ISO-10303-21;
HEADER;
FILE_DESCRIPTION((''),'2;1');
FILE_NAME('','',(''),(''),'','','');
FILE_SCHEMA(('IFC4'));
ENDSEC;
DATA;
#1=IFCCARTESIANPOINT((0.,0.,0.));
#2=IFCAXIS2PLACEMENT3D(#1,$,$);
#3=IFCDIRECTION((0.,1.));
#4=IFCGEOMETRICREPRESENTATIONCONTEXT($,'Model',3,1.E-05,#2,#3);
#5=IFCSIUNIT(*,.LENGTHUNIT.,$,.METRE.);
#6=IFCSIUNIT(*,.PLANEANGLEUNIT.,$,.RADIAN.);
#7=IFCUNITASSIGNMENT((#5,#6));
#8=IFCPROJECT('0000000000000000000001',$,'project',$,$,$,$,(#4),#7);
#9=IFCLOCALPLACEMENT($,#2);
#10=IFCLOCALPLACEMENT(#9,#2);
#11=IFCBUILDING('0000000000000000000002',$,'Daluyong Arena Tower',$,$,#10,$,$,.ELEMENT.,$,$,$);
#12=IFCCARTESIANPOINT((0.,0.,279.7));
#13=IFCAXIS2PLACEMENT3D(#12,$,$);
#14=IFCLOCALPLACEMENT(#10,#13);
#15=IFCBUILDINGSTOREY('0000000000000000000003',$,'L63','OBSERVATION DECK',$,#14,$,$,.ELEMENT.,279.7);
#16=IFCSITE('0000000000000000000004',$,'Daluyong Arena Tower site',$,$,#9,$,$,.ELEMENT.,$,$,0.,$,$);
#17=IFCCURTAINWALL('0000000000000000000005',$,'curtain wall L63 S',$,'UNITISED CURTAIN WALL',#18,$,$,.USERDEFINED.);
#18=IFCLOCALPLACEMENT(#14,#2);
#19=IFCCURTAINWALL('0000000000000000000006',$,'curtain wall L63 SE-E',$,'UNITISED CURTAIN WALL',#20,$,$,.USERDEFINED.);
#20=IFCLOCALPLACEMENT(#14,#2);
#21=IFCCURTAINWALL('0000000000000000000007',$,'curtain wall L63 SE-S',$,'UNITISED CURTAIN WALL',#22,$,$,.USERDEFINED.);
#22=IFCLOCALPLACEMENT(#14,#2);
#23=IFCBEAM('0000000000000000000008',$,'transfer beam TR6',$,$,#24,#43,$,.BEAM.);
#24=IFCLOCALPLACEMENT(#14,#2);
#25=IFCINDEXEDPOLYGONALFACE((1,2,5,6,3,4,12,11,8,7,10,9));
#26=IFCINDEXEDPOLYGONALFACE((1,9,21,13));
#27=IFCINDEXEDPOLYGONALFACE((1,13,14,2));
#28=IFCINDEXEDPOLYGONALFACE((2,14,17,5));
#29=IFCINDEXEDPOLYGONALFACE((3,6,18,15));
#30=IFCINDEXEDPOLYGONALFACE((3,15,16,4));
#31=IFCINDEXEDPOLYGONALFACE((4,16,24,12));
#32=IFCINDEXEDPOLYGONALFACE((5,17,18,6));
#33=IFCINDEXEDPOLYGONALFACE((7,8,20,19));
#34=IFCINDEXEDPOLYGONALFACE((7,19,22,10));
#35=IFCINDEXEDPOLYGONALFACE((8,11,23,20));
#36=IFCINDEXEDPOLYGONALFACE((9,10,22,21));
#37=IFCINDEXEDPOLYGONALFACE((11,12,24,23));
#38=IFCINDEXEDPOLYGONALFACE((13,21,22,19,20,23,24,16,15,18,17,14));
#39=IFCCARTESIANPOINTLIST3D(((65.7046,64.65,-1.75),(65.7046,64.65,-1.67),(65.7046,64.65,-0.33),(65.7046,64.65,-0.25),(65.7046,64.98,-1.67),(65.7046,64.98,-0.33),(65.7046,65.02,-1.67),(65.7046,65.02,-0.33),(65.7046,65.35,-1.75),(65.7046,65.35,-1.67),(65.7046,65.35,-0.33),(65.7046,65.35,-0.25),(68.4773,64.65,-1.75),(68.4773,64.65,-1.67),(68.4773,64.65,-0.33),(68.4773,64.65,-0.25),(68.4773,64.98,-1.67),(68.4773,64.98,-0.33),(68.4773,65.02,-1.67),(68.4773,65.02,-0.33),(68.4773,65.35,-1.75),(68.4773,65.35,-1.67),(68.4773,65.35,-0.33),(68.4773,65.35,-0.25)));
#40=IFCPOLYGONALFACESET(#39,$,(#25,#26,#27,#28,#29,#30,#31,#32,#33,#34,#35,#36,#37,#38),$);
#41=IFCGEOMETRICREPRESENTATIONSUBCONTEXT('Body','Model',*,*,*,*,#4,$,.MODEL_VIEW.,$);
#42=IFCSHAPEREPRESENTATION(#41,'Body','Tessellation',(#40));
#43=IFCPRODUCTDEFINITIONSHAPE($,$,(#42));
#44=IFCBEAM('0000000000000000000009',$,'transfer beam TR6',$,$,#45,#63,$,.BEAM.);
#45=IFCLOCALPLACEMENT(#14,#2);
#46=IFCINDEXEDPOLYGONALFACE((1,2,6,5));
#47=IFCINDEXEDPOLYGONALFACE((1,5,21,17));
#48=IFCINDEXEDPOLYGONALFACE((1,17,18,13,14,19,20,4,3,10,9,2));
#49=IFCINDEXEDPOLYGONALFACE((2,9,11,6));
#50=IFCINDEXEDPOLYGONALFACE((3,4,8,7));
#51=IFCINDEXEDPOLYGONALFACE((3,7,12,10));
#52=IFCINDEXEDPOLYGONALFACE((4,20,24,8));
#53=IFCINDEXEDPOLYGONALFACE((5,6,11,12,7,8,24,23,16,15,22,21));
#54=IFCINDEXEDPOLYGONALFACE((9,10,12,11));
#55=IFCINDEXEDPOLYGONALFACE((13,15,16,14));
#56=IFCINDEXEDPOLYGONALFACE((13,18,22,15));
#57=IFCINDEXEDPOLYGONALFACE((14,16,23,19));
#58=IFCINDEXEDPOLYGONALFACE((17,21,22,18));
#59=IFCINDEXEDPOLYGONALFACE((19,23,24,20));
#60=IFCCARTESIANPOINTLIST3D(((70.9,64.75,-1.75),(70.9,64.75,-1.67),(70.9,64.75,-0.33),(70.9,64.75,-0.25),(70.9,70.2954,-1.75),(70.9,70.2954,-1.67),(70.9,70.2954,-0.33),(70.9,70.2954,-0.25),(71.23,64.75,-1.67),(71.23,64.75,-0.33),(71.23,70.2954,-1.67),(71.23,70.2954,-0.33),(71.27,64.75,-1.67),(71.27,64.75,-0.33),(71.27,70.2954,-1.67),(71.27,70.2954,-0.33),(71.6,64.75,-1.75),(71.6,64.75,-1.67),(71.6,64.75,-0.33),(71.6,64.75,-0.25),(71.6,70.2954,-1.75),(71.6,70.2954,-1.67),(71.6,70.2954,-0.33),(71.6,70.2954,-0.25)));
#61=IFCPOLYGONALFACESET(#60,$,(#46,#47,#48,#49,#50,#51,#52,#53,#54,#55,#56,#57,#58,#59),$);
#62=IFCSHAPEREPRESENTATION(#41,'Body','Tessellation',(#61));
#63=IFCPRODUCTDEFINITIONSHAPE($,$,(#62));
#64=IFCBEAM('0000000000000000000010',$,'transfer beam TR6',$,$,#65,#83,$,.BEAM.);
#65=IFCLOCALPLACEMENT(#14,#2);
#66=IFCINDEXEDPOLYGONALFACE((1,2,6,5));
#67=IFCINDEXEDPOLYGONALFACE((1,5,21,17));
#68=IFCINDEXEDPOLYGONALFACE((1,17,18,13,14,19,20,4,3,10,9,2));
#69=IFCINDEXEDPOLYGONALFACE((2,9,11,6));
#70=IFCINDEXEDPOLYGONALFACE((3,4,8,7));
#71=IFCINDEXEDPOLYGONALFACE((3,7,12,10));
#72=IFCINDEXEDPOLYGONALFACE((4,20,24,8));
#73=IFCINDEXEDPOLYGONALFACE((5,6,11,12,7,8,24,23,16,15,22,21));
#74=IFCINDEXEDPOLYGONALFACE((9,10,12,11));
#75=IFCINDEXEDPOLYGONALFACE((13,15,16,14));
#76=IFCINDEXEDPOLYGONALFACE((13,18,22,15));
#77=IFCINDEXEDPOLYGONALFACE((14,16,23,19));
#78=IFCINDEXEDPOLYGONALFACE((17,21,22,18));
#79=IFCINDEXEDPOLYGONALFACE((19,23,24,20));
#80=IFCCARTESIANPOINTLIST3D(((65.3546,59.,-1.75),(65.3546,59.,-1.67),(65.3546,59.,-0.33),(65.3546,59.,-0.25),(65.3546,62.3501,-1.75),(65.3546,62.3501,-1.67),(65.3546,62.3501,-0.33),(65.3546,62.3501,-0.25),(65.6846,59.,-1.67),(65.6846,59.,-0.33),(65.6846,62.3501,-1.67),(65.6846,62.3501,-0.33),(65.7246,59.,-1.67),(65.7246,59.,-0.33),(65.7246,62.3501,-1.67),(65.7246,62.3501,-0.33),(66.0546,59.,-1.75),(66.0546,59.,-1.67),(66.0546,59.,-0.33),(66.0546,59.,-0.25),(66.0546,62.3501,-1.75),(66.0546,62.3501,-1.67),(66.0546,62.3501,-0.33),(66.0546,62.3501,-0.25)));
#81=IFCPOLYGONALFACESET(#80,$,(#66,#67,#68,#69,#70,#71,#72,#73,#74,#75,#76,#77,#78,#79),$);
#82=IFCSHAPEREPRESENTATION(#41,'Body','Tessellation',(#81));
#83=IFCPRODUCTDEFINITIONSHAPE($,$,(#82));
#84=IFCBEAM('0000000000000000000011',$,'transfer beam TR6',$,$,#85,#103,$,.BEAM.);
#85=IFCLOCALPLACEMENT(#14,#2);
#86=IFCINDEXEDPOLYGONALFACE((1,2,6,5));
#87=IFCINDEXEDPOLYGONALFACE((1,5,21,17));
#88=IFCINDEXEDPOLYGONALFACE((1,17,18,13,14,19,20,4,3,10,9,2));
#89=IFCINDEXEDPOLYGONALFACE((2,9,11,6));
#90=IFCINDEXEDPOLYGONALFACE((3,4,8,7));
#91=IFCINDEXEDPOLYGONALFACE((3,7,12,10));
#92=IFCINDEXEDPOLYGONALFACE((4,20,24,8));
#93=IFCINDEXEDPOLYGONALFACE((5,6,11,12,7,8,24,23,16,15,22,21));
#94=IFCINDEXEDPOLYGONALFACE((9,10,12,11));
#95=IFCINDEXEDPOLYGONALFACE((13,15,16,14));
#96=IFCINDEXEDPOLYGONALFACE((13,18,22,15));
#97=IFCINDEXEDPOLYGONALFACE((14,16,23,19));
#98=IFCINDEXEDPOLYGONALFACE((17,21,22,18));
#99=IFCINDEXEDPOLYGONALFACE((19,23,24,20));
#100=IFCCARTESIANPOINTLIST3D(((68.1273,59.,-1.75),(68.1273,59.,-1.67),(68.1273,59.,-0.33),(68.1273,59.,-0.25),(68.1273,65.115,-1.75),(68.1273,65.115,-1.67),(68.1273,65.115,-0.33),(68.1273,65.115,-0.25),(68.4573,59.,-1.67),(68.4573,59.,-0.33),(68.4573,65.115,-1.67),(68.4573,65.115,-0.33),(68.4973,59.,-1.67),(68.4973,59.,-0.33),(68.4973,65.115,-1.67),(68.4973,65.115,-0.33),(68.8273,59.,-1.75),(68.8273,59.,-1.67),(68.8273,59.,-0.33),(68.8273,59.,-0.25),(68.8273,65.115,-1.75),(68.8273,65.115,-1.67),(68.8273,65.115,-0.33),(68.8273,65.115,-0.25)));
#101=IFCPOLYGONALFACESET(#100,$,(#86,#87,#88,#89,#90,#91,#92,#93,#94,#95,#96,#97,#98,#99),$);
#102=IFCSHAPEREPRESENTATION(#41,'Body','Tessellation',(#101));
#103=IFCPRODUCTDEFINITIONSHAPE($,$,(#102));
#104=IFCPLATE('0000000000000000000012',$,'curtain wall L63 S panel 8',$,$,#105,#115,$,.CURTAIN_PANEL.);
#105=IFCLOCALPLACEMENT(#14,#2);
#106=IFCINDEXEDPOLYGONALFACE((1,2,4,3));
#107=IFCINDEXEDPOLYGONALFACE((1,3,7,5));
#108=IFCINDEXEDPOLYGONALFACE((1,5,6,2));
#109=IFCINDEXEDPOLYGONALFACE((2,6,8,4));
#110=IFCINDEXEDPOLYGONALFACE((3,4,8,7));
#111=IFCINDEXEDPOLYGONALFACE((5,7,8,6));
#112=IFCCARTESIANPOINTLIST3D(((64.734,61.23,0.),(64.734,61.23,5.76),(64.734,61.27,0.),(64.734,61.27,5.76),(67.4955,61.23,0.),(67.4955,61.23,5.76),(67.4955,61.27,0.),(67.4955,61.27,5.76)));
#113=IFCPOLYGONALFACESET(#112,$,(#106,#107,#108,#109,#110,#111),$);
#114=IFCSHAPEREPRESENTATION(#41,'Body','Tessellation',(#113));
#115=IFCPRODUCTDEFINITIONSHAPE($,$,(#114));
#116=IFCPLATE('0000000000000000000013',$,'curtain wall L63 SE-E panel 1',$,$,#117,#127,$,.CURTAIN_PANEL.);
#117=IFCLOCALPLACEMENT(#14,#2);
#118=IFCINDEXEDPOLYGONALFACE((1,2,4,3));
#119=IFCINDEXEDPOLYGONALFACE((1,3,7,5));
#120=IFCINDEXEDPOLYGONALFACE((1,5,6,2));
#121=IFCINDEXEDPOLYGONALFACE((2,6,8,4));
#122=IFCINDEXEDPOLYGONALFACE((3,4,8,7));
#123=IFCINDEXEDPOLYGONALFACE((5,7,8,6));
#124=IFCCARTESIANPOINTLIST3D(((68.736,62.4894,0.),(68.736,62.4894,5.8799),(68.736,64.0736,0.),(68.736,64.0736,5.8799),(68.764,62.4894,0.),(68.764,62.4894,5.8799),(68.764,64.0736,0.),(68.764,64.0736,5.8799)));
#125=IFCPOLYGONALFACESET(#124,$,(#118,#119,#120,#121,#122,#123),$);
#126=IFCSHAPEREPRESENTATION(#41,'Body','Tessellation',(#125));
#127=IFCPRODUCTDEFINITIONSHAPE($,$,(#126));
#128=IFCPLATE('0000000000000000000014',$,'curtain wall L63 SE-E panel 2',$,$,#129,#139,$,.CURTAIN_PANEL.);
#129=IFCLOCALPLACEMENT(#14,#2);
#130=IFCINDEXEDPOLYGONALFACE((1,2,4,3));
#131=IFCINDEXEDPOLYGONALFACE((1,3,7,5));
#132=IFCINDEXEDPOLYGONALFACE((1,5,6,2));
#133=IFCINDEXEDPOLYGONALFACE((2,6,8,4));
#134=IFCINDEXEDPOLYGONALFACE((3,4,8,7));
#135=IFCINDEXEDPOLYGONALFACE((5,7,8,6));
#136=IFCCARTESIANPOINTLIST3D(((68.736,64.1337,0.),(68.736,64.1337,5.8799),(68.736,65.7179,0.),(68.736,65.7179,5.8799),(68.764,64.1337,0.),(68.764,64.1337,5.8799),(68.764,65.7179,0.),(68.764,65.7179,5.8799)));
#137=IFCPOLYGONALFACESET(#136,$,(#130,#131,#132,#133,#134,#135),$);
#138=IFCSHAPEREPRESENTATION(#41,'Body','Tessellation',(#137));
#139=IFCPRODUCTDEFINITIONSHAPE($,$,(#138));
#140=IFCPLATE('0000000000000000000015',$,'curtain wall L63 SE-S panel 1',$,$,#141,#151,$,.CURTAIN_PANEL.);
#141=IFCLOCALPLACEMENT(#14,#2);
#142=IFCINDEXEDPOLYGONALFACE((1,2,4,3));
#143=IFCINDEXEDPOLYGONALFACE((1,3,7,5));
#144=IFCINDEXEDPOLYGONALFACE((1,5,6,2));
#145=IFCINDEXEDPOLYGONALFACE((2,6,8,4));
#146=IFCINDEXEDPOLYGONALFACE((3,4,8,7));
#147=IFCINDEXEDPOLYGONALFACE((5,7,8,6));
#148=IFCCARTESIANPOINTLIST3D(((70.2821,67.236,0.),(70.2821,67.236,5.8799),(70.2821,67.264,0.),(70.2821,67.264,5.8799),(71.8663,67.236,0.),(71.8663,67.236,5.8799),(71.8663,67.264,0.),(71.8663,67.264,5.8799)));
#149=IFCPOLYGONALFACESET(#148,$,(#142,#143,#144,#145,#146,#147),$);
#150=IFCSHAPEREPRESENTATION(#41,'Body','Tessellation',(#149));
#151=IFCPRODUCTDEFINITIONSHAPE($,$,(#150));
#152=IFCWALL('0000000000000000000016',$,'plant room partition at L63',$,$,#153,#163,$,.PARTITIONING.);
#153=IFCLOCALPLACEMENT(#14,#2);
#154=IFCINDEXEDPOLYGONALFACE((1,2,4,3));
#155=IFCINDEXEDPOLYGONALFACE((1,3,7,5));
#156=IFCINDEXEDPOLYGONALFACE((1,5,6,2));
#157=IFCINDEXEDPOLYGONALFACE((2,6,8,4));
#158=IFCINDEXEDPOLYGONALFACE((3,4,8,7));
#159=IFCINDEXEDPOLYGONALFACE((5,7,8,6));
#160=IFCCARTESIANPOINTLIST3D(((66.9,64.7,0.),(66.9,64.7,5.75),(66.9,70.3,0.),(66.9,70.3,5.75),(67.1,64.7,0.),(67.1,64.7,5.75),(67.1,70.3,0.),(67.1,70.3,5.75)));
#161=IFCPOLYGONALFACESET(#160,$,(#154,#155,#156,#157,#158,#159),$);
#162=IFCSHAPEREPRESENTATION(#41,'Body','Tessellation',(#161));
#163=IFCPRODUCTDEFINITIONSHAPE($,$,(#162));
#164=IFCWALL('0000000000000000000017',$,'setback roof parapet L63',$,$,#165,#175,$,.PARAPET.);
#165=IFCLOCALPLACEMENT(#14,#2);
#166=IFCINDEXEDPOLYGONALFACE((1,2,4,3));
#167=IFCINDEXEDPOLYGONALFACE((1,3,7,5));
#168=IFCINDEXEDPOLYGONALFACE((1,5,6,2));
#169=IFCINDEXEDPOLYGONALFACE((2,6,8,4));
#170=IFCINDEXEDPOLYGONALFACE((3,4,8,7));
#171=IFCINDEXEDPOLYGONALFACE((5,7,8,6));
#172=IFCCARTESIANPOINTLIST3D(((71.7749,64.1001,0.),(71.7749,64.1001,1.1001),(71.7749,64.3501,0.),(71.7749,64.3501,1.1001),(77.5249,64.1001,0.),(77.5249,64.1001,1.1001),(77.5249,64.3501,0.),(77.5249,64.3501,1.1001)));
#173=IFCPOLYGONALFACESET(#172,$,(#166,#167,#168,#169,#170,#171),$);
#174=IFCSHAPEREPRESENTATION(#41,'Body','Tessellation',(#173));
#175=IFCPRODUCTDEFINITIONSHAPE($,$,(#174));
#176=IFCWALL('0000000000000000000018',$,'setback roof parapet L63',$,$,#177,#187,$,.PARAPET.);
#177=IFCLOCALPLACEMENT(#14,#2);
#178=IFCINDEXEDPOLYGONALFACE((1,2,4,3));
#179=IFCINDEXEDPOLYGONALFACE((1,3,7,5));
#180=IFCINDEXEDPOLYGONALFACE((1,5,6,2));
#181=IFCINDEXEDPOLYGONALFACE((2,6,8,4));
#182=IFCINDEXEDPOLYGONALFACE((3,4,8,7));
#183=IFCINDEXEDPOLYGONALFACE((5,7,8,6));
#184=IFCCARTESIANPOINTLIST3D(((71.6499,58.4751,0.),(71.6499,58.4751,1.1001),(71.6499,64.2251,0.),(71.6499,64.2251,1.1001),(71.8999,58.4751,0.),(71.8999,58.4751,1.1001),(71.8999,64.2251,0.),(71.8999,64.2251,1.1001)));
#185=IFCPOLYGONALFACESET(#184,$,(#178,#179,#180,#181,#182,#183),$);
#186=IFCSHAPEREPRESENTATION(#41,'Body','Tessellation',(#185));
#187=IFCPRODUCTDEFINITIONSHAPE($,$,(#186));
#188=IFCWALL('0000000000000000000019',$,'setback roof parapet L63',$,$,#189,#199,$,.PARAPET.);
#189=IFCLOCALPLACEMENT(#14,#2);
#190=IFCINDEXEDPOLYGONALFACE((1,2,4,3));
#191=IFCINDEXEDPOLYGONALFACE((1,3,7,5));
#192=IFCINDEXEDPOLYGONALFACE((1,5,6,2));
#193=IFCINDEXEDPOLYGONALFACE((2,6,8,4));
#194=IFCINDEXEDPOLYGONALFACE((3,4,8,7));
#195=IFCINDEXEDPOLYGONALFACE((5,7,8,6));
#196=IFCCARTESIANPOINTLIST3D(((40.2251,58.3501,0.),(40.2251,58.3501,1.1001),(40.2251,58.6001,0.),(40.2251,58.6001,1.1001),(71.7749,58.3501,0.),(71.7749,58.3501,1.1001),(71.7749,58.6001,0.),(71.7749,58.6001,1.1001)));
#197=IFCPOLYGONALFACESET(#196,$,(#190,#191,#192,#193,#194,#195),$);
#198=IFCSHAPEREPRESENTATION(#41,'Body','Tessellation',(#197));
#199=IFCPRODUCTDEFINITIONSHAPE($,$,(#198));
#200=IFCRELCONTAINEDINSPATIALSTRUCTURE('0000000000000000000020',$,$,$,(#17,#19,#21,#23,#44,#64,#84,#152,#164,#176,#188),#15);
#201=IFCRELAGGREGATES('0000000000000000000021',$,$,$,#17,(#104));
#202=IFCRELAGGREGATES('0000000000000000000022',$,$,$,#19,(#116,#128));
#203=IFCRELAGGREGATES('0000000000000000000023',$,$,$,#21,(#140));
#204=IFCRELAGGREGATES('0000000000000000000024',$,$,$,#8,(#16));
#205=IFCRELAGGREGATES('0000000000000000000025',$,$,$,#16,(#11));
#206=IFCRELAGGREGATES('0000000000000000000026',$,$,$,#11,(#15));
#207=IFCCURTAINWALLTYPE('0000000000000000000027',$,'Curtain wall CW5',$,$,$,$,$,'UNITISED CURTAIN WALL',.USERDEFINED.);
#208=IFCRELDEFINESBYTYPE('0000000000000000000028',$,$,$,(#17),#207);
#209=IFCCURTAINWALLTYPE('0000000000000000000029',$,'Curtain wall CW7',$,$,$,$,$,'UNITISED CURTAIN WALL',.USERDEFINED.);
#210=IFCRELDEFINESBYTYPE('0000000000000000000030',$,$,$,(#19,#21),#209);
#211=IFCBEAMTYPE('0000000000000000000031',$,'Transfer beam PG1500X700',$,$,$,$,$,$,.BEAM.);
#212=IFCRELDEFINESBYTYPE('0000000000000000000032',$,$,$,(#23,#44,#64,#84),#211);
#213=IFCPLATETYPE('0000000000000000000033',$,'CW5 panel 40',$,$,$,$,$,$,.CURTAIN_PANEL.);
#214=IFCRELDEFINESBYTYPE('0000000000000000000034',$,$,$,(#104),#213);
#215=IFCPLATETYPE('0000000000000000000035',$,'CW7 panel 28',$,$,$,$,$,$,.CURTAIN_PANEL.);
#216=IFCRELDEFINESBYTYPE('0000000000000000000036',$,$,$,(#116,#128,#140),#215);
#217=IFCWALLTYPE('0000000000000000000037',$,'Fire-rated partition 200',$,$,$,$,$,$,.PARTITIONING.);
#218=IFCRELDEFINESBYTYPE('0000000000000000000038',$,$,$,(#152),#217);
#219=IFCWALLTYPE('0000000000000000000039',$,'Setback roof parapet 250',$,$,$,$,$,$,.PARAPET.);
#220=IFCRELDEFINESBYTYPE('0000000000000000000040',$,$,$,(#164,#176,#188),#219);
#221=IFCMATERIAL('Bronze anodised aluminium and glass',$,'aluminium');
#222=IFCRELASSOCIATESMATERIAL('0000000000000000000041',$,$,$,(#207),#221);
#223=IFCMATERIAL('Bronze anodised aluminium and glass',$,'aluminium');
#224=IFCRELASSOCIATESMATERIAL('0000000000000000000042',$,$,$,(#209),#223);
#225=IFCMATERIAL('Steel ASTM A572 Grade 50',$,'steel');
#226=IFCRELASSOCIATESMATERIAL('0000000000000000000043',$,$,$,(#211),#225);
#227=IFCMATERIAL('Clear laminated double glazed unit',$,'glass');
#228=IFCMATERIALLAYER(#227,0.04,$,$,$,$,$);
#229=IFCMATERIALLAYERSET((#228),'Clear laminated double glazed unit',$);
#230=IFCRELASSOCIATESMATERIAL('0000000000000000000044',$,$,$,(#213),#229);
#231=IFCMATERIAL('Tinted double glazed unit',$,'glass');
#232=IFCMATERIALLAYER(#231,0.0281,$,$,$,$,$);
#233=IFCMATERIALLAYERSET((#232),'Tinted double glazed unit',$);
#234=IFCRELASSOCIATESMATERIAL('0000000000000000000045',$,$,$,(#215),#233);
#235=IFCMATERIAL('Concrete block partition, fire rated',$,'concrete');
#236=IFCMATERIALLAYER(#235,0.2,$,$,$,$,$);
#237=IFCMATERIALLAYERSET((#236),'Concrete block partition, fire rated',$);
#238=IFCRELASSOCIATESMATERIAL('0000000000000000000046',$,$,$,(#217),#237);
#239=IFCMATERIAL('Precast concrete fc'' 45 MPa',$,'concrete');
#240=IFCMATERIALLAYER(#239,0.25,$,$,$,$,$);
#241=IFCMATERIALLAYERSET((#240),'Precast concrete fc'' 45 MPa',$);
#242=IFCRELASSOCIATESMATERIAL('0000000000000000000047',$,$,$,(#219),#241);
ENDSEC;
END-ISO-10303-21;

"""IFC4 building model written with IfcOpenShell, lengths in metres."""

from ifc_helpers import new_model, si_unit, direction, frame, frame_2d, origin, origin_2d, place, context, subcontext, project, spatial, rectangle, i_section, extrude, material, layer, layer_set, material_profile, profile_set, type_object, element, aggregate, save


model = new_model("IFC4")

# Units and contexts
model_context = context("Model", 3, precision=1e-05, world=origin(), true_north=direction((0.0, 1.0)))
body_context = subcontext(model_context, "Body", "Model", "MODEL_VIEW")
ifc_project = project(units=[si_unit("LENGTHUNIT", "METRE"), si_unit("PLANEANGLEUNIT", "RADIAN")], contexts=[model_context])

# Site, building, storey
site_placement = place(None, origin())
site = spatial("IfcSite", under=ifc_project, at=site_placement, Name="Daluyong Arena Tower site", CompositionType="ELEMENT", RefElevation=0.0)
building_placement = place(site_placement, origin())
building = spatial("IfcBuilding", under=site, at=building_placement, Name="Daluyong Arena Tower", CompositionType="ELEMENT")
storey_placement = place(building_placement, frame((0.0, 0.0, 279.7)))
storey = spatial("IfcBuildingStorey", under=building, at=storey_placement, Name="L63", Description="OBSERVATION DECK", CompositionType="ELEMENT", Elevation=279.7)

# Curtain wall
ifc_material_1 = material(Name="Bronze anodised aluminium and glass", Category="aluminium")
curtain_wall_type_1 = type_object("IfcCurtainWallType", Name="Curtain wall CW5", ElementType="UNITISED CURTAIN WALL", PredefinedType="USERDEFINED", material=ifc_material_1)
curtain_wall_1_placement = place(storey_placement, origin())
curtain_wall_1 = element("IfcCurtainWall", 1, at=curtain_wall_1_placement, inside=storey, type_object=curtain_wall_type_1, Name="curtain wall L63 S", ObjectType="UNITISED CURTAIN WALL", PredefinedType="USERDEFINED")

# Curtain walls
ifc_material_2 = material(Name="Bronze anodised aluminium and glass", Category="aluminium")
curtain_wall_type_2 = type_object("IfcCurtainWallType", Name="Curtain wall CW7", ElementType="UNITISED CURTAIN WALL", PredefinedType="USERDEFINED", material=ifc_material_2)
curtain_wall_2_placement = place(storey_placement, origin())
curtain_wall_2 = element("IfcCurtainWall", 2, at=curtain_wall_2_placement, inside=storey, type_object=curtain_wall_type_2, Name="curtain wall L63 SE-E", ObjectType="UNITISED CURTAIN WALL", PredefinedType="USERDEFINED")
curtain_wall_3_placement = place(storey_placement, origin())
curtain_wall_3 = element("IfcCurtainWall", 3, at=curtain_wall_3_placement, inside=storey, type_object=curtain_wall_type_2, Name="curtain wall L63 SE-S", ObjectType="UNITISED CURTAIN WALL", PredefinedType="USERDEFINED")

# Beams
ifc_material_3 = material(Name="Steel ASTM A572 Grade 50", Category="steel")
ifc_material_profile_1 = material_profile(ifc_material_3, i_section(OverallWidth=0.7, OverallDepth=1.5, WebThickness=0.04, FlangeThickness=0.08, at=origin_2d()))
ifc_profile_set_1 = profile_set([ifc_material_profile_1], Name="Steel ASTM A572 Grade 50")
beam_type_1 = type_object("IfcBeamType", Name="Transfer beam PG1500X700", PredefinedType="BEAM", material=ifc_profile_set_1)
beam_1_placement = place(storey_placement, frame((65.7046, 65.0, -1.0), z_axis=(1.0, 0.0, 0.0), x_axis=(0.0, 1.0, 0.0)))
element("IfcBeam", 4, at=beam_1_placement, inside=storey, type_object=beam_type_1, Name="transfer beam TR6", PredefinedType="BEAM", context=body_context, shape_type="SweptSolid", body=[
    extrude(i_section(OverallWidth=0.7, OverallDepth=1.5, WebThickness=0.04, FlangeThickness=0.08, at=origin_2d()), origin(), (0.0, 0.0, 1.0), 2.7727),
])
beam_2_placement = place(storey_placement, frame((71.25, 64.75, -1.0), z_axis=(0.0, 1.0, 0.0), x_axis=(-1.0, 0.0, 0.0)))
element("IfcBeam", 5, at=beam_2_placement, inside=storey, type_object=beam_type_1, Name="transfer beam TR6", PredefinedType="BEAM", context=body_context, shape_type="SweptSolid", body=[
    extrude(i_section(OverallWidth=0.7, OverallDepth=1.5, WebThickness=0.04, FlangeThickness=0.08, at=origin_2d()), origin(), (0.0, 0.0, 1.0), 5.5454),
])
beam_3_placement = place(storey_placement, frame((65.7046, 59.0, -1.0), z_axis=(0.0, 1.0, 0.0), x_axis=(-1.0, 0.0, 0.0)))
element("IfcBeam", 6, at=beam_3_placement, inside=storey, type_object=beam_type_1, Name="transfer beam TR6", PredefinedType="BEAM", context=body_context, shape_type="SweptSolid", body=[
    extrude(i_section(OverallWidth=0.7, OverallDepth=1.5, WebThickness=0.04, FlangeThickness=0.08, at=origin_2d()), origin(), (0.0, 0.0, 1.0), 3.3501),
])
beam_4_placement = place(storey_placement, frame((68.4773, 59.0, -1.0), z_axis=(0.0, 1.0, 0.0), x_axis=(-1.0, 0.0, 0.0)))
element("IfcBeam", 7, at=beam_4_placement, inside=storey, type_object=beam_type_1, Name="transfer beam TR6", PredefinedType="BEAM", context=body_context, shape_type="SweptSolid", body=[
    extrude(i_section(OverallWidth=0.7, OverallDepth=1.5, WebThickness=0.04, FlangeThickness=0.08, at=origin_2d()), origin(), (0.0, 0.0, 1.0), 6.115),
])

# Plates
ifc_material_4 = material(Name="Clear laminated double glazed unit", Category="glass")
ifc_layer_1 = layer(ifc_material_4, 0.04)
ifc_layer_set_1 = layer_set([ifc_layer_1], Name="Clear laminated double glazed unit")
plate_type_1 = type_object("IfcPlateType", Name="CW5 panel 40", PredefinedType="CURTAIN_PANEL", material=ifc_layer_set_1)
plate_1_placement = place(storey_placement, frame((66.1147, 61.25, 0.0), z_axis=(0.0, 0.0, 1.0), x_axis=(1.0, 0.0, 0.0)))
plate_1 = element("IfcPlate", 8, at=plate_1_placement, type_object=plate_type_1, Name="curtain wall L63 S panel 8", PredefinedType="CURTAIN_PANEL", context=body_context, shape_type="SweptSolid", body=[
    extrude(rectangle(XDim=2.7615, YDim=0.04, at=origin_2d()), origin(), (0.0, 0.0, 1.0), 5.76),
])
aggregate(curtain_wall_1, [plate_1])
ifc_material_5 = material(Name="Tinted double glazed unit", Category="glass")
ifc_layer_2 = layer(ifc_material_5, 0.0281)
ifc_layer_set_2 = layer_set([ifc_layer_2], Name="Tinted double glazed unit")
plate_type_2 = type_object("IfcPlateType", Name="CW7 panel 28", PredefinedType="CURTAIN_PANEL", material=ifc_layer_set_2)
plate_2_placement = place(storey_placement, frame((68.75, 63.2815, 0.0), z_axis=(0.0, 0.0, 1.0), x_axis=(0.0, 1.0, 0.0)))
plate_2 = element("IfcPlate", 9, at=plate_2_placement, type_object=plate_type_2, Name="curtain wall L63 SE-E panel 1", PredefinedType="CURTAIN_PANEL", context=body_context, shape_type="SweptSolid", body=[
    extrude(rectangle(XDim=1.5842, YDim=0.0281, at=origin_2d()), origin(), (0.0, 0.0, 1.0), 5.8799),
])
plate_3_placement = place(storey_placement, frame((68.75, 64.9258, 0.0), z_axis=(0.0, 0.0, 1.0), x_axis=(0.0, 1.0, 0.0)))
plate_3 = element("IfcPlate", 10, at=plate_3_placement, type_object=plate_type_2, Name="curtain wall L63 SE-E panel 2", PredefinedType="CURTAIN_PANEL", context=body_context, shape_type="SweptSolid", body=[
    extrude(rectangle(XDim=1.5842, YDim=0.0281, at=origin_2d()), origin(), (0.0, 0.0, 1.0), 5.8799),
])
aggregate(curtain_wall_2, [plate_2, plate_3])
plate_4_placement = place(storey_placement, frame((71.0742, 67.25, 0.0), z_axis=(0.0, 0.0, 1.0), x_axis=(1.0, 0.0, 0.0)))
plate_4 = element("IfcPlate", 11, at=plate_4_placement, type_object=plate_type_2, Name="curtain wall L63 SE-S panel 1", PredefinedType="CURTAIN_PANEL", context=body_context, shape_type="SweptSolid", body=[
    extrude(rectangle(XDim=1.5842, YDim=0.0281, at=origin_2d()), origin(), (0.0, 0.0, 1.0), 5.8799),
])
aggregate(curtain_wall_3, [plate_4])

# Walls
ifc_material_6 = material(Name="Concrete block partition, fire rated", Category="concrete")
ifc_layer_3 = layer(ifc_material_6, 0.2)
ifc_layer_set_3 = layer_set([ifc_layer_3], Name="Concrete block partition, fire rated")
wall_type_1 = type_object("IfcWallType", Name="Fire-rated partition 200", PredefinedType="PARTITIONING", material=ifc_layer_set_3)
wall_1_placement = place(storey_placement, frame((67.0, 64.7, 0.0), z_axis=(0.0, 0.0, 1.0), x_axis=(0.0, 1.0, 0.0)))
element("IfcWall", 12, at=wall_1_placement, inside=storey, type_object=wall_type_1, Name="plant room partition at L63", PredefinedType="PARTITIONING", context=body_context, shape_type="SweptSolid", body=[
    extrude(rectangle(XDim=5.6001, YDim=0.2, at=frame_2d((2.8, 0.0))), origin(), (0.0, 0.0, 1.0), 5.75),
])
ifc_material_7 = material(Name="Precast concrete fc' 45 MPa", Category="concrete")
ifc_layer_4 = layer(ifc_material_7, 0.25)
ifc_layer_set_4 = layer_set([ifc_layer_4], Name="Precast concrete fc' 45 MPa")
wall_type_2 = type_object("IfcWallType", Name="Setback roof parapet 250", PredefinedType="PARAPET", material=ifc_layer_set_4)
for number, where, z_axis, x_axis, name in (
    (13, (77.5249, 64.2251, 0.0), (0.0, 0.0, 1.0), (-1.0, 0.0, 0.0), "setback roof parapet L63"),
    (14, (71.7749, 64.2251, 0.0), (0.0, 0.0, 1.0), (0.0, -1.0, 0.0), "setback roof parapet L63"),
):
    element("IfcWall", number, at=place(storey_placement, frame(where, z_axis=z_axis, x_axis=x_axis)), inside=storey, type_object=wall_type_2, Name=name, PredefinedType="PARAPET", context=body_context, shape_type="SweptSolid", body=[
        extrude(rectangle(XDim=5.75, YDim=0.25, at=frame_2d((2.875, 0.0))), origin(), (0.0, 0.0, 1.0), 1.1001),
    ])
wall_2_placement = place(storey_placement, frame((71.7749, 58.4751, 0.0), z_axis=(0.0, 0.0, 1.0), x_axis=(-1.0, 0.0, 0.0)))
element("IfcWall", 15, at=wall_2_placement, inside=storey, type_object=wall_type_2, Name="setback roof parapet L63", PredefinedType="PARAPET", context=body_context, shape_type="SweptSolid", body=[
    extrude(rectangle(XDim=31.5498, YDim=0.25, at=frame_2d((15.7749, 0.0))), origin(), (0.0, 0.0, 1.0), 1.1001),
])

save(model, "model.ifc")
